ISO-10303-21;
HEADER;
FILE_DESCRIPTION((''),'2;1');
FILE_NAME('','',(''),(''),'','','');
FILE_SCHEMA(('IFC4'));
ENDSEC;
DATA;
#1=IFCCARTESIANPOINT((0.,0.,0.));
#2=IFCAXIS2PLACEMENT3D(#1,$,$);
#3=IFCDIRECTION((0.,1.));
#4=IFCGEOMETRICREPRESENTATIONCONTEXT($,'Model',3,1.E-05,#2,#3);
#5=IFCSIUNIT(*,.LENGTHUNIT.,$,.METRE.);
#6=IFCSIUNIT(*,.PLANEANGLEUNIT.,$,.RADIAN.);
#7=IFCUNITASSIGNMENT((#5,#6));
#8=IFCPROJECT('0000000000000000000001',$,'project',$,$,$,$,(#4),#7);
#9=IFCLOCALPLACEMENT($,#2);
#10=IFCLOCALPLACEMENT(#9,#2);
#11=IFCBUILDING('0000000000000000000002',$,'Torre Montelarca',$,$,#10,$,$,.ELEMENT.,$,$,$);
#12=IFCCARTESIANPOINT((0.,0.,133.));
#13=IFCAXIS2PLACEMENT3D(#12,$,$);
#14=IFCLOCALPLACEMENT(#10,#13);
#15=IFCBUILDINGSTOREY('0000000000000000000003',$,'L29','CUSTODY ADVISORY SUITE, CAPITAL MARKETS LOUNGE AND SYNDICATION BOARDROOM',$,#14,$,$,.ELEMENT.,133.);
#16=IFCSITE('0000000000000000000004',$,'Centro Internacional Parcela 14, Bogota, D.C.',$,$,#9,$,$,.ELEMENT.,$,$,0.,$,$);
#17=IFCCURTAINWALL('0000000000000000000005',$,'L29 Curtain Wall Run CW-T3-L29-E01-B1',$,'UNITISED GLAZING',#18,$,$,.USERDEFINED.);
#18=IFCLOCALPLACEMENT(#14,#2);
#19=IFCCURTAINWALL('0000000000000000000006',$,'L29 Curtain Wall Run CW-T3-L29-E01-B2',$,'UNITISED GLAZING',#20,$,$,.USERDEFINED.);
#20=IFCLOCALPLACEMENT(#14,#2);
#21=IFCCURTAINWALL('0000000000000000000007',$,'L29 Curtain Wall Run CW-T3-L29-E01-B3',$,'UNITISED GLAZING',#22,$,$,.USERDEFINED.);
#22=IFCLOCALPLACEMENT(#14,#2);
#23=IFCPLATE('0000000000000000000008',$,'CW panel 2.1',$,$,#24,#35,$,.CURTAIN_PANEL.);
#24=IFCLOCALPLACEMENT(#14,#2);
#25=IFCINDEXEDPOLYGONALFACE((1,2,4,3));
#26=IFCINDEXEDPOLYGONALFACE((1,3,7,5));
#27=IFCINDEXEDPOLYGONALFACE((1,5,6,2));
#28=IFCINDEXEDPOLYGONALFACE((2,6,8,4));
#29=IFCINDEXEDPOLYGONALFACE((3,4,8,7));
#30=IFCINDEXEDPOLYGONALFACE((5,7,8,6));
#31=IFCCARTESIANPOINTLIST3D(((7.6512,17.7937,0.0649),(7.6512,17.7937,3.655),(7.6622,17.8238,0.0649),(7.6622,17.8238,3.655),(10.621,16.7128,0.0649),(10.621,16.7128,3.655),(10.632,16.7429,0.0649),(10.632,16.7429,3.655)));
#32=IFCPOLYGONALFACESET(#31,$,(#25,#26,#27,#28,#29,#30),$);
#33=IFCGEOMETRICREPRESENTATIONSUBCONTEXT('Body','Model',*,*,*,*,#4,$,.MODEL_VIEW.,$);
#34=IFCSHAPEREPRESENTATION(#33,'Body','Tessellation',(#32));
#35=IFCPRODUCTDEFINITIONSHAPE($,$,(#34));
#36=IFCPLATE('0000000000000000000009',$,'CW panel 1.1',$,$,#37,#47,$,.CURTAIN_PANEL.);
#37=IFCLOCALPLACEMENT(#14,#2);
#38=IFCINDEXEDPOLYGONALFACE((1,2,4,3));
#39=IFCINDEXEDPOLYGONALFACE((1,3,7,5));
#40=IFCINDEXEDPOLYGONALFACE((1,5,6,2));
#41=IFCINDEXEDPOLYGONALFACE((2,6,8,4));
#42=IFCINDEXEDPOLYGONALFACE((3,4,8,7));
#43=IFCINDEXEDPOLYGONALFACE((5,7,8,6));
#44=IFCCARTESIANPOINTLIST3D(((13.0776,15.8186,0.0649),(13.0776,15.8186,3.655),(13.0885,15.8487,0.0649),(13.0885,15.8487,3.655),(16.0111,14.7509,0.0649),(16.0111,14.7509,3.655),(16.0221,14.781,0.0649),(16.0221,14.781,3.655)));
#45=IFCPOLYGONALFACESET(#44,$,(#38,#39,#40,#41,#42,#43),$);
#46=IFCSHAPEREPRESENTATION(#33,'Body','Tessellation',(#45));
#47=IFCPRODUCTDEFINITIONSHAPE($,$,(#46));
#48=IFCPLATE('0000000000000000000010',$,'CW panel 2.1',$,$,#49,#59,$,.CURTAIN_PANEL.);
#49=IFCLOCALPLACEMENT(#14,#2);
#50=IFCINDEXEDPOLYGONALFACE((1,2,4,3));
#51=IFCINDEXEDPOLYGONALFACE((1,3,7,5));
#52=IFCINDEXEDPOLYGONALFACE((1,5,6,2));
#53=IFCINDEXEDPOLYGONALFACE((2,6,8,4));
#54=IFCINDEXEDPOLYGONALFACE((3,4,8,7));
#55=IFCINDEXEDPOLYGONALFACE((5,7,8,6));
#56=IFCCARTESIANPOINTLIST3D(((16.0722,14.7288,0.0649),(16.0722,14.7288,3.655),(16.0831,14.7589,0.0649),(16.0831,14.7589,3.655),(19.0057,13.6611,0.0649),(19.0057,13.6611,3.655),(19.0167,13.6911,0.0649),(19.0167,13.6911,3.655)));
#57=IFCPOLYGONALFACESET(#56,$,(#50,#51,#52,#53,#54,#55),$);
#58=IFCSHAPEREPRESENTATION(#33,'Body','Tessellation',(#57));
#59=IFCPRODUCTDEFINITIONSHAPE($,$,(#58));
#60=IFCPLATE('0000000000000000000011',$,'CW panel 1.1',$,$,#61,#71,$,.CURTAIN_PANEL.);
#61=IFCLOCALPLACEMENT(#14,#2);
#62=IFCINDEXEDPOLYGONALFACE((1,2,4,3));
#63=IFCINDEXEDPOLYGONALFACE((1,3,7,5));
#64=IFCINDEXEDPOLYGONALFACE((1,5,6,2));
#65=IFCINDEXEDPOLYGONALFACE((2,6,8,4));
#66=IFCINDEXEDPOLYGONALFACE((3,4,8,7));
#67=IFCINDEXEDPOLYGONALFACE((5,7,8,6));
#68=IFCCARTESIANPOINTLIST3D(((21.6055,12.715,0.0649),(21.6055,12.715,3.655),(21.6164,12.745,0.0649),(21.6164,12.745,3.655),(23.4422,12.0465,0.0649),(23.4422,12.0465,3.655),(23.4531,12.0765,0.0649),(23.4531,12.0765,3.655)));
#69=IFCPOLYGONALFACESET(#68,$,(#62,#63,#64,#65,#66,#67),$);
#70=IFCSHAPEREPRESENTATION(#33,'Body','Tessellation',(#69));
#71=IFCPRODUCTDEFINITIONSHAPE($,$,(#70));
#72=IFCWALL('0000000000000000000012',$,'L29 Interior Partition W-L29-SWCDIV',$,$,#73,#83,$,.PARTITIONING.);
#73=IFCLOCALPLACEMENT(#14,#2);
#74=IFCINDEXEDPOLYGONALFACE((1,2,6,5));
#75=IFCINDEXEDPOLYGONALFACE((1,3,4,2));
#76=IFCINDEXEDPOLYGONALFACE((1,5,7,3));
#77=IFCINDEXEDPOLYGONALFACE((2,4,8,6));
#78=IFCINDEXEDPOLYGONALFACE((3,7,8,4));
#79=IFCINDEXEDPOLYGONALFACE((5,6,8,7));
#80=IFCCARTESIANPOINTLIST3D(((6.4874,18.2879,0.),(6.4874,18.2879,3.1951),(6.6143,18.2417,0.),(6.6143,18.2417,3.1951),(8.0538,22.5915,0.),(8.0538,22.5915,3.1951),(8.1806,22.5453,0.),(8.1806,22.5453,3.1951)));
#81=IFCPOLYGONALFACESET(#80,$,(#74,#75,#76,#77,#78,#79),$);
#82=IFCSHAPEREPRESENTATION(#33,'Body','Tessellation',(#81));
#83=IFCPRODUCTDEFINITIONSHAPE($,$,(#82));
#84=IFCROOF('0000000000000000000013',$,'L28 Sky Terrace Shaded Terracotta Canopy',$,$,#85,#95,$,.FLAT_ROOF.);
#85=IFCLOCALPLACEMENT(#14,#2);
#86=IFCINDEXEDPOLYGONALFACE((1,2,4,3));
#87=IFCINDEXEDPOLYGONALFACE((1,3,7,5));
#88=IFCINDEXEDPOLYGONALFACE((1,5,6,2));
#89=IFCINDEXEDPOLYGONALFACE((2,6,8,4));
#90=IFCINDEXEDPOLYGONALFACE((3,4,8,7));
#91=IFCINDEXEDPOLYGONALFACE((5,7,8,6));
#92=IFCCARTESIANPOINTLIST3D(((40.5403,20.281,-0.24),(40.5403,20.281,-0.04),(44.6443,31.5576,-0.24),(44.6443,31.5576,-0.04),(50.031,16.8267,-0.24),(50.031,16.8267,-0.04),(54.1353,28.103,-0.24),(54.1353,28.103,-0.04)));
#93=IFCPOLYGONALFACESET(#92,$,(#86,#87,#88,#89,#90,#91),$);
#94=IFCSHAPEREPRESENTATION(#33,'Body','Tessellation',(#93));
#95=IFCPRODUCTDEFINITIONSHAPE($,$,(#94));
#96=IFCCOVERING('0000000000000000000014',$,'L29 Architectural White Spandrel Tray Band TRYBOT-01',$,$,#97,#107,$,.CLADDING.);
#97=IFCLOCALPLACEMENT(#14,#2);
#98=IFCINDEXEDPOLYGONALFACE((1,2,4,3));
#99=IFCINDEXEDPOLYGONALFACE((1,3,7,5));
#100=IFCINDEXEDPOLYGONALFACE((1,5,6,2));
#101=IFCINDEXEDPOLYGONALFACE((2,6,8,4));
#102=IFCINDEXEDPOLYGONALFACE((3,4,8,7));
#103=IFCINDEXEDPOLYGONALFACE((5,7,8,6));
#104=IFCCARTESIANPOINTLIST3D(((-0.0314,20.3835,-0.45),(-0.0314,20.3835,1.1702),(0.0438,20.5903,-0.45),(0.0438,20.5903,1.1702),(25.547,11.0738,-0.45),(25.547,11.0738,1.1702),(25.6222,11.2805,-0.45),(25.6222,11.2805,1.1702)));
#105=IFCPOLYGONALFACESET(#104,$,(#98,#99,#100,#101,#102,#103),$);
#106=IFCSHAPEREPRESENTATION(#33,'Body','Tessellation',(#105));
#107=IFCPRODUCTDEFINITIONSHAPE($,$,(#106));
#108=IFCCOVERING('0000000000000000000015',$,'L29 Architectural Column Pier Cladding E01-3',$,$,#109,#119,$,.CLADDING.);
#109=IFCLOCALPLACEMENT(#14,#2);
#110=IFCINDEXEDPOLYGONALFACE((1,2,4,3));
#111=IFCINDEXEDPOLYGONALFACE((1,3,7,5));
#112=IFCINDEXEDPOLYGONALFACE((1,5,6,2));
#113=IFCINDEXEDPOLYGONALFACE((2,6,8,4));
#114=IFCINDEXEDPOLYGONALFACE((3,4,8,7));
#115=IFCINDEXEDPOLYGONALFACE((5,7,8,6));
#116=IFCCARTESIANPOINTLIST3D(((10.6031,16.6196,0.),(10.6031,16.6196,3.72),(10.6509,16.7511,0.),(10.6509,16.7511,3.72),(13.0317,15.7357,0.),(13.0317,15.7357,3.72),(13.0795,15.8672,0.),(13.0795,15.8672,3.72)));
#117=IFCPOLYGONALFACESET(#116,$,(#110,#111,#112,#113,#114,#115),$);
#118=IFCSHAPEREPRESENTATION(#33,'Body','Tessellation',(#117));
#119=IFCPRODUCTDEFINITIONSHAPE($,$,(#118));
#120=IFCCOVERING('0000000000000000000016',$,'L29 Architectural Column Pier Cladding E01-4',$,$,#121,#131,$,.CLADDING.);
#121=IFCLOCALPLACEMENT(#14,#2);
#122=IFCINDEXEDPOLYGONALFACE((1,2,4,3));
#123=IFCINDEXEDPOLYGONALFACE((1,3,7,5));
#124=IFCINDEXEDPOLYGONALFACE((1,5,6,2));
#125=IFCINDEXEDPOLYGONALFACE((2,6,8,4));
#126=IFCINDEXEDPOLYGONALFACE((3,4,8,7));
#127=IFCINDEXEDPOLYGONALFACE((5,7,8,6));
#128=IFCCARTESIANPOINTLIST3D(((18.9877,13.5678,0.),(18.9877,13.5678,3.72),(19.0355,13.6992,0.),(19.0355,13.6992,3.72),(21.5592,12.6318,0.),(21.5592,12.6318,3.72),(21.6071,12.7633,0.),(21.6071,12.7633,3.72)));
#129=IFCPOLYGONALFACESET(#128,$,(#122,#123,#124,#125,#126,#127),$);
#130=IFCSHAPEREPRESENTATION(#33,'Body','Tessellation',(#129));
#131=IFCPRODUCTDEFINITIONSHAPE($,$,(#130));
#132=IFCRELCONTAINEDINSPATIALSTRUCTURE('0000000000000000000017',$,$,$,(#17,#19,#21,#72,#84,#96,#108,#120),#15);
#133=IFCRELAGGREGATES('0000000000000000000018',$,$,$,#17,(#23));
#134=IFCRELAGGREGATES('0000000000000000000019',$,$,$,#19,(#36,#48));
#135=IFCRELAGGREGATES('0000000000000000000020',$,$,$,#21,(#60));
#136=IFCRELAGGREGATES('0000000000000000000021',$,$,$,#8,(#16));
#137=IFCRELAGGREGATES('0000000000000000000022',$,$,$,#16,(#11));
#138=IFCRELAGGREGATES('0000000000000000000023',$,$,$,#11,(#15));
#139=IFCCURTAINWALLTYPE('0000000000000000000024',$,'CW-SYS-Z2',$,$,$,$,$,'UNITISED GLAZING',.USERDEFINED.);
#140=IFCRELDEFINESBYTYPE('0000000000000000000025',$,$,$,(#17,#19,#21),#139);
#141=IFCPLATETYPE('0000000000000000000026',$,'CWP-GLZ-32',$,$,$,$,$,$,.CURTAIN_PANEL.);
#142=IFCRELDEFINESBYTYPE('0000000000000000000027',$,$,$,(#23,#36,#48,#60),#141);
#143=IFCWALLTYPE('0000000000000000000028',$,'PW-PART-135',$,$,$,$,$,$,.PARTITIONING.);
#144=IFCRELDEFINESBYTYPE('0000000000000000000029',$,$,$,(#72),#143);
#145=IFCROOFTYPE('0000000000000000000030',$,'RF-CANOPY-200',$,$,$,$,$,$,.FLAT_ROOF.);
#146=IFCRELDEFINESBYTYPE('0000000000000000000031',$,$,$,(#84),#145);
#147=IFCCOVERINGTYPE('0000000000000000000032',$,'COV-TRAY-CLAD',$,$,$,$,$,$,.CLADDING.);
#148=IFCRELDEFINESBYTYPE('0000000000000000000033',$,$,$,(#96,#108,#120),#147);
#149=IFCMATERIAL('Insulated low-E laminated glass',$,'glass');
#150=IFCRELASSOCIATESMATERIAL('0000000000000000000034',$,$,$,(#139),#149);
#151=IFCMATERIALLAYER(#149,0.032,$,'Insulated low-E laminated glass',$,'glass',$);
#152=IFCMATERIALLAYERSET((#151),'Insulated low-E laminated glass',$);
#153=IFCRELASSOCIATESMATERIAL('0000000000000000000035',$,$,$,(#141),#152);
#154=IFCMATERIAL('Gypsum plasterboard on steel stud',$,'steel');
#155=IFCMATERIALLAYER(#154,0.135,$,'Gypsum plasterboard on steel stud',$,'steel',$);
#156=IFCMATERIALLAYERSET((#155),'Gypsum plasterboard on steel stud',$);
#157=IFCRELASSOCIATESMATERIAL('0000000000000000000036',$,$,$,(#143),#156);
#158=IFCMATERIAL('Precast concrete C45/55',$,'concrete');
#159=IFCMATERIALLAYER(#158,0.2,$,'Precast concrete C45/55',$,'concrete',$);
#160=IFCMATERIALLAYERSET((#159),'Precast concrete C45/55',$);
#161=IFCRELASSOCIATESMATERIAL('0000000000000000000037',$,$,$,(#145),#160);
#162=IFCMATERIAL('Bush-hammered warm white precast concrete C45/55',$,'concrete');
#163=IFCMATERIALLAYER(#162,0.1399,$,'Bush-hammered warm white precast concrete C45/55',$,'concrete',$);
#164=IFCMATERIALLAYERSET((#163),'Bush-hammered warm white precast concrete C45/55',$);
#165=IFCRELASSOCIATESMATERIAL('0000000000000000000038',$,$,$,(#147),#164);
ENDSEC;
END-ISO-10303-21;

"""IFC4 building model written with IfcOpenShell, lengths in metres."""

from ifc_helpers import new_model, si_unit, direction, frame, frame_2d, origin, origin_2d, place, context, subcontext, project, spatial, polyline, rectangle, outline, extrude, source, transform, mapped, material, layer, layer_set, type_object, element, aggregate, save


model = new_model("IFC4")

# Units and contexts
model_context = context("Model", 3, precision=1e-05, world=origin(), true_north=direction((0.0, 1.0)))
body_context = subcontext(model_context, "Body", "Model", "MODEL_VIEW")
ifc_project = project(units=[si_unit("LENGTHUNIT", "METRE"), si_unit("PLANEANGLEUNIT", "RADIAN")], contexts=[model_context])

# Site, building, storey
site_placement = place(None, origin())
site = spatial("IfcSite", under=ifc_project, at=site_placement, Name="Centro Internacional Parcela 14, Bogota, D.C.", CompositionType="ELEMENT", RefElevation=0.0)
building_placement = place(site_placement, origin())
building = spatial("IfcBuilding", under=site, at=building_placement, Name="Torre Montelarca", CompositionType="ELEMENT")
storey_placement = place(building_placement, frame((0.0, 0.0, 133.0)))
storey = spatial("IfcBuildingStorey", under=building, at=storey_placement, Name="L29", Description="CUSTODY ADVISORY SUITE, CAPITAL MARKETS LOUNGE AND SYNDICATION BOARDROOM", CompositionType="ELEMENT", Elevation=133.0)

# Curtain walls
ifc_material_1 = material(Name="Insulated low-E laminated glass", Category="glass")
curtain_wall_type = type_object("IfcCurtainWallType", Name="CW-SYS-Z2", ElementType="UNITISED GLAZING", PredefinedType="USERDEFINED", material=ifc_material_1)
curtain_wall_1_placement = place(storey_placement, origin())
curtain_wall_1 = element("IfcCurtainWall", 1, at=curtain_wall_1_placement, inside=storey, type_object=curtain_wall_type, Name="L29 Curtain Wall Run CW-T3-L29-E01-B1", ObjectType="UNITISED GLAZING", PredefinedType="USERDEFINED")
curtain_wall_2_placement = place(storey_placement, origin())
curtain_wall_2 = element("IfcCurtainWall", 2, at=curtain_wall_2_placement, inside=storey, type_object=curtain_wall_type, Name="L29 Curtain Wall Run CW-T3-L29-E01-B2", ObjectType="UNITISED GLAZING", PredefinedType="USERDEFINED")
curtain_wall_3_placement = place(storey_placement, origin())
curtain_wall_3 = element("IfcCurtainWall", 3, at=curtain_wall_3_placement, inside=storey, type_object=curtain_wall_type, Name="L29 Curtain Wall Run CW-T3-L29-E01-B3", ObjectType="UNITISED GLAZING", PredefinedType="USERDEFINED")

# Plates
ifc_layer_1 = layer(ifc_material_1, 0.032, Name="Insulated low-E laminated glass", Category="glass")
ifc_layer_set_1 = layer_set([ifc_layer_1], Name="Insulated low-E laminated glass")
plate_type = type_object("IfcPlateType", Name="CWP-GLZ-32", PredefinedType="CURTAIN_PANEL", material=ifc_layer_set_1)
shared_shape_1 = source(origin(), body_context, "Body", "SweptSolid", [
    extrude(rectangle(XDim=3.1604, YDim=0.032, at=origin_2d()), origin(), (0.0, 0.0, 1.0), 3.5901),
])
plate_1_placement = place(storey_placement, frame((9.1416, 17.2683, 0.0649), z_axis=(0.0, 0.0, 1.0), x_axis=(0.939697, -0.342009, 0.0)))
plate_1 = element("IfcPlate", 4, at=plate_1_placement, type_object=plate_type, Name="CW panel 2.1", PredefinedType="CURTAIN_PANEL", context=body_context, shape_type="MappedRepresentation", body=[
    mapped(shared_shape_1, transform((0.0, 0.0, 0.0), scale=1.0)),
])
aggregate(curtain_wall_1, [plate_1])
shared_shape_2 = source(origin(), body_context, "Body", "SweptSolid", [
    extrude(rectangle(XDim=3.1218, YDim=0.032, at=origin_2d()), origin(), (0.0, 0.0, 1.0), 3.5901),
])
plate_2_placement = place(storey_placement, frame((14.5498, 15.2998, 0.0649), z_axis=(0.0, 0.0, 1.0), x_axis=(0.939692, -0.342021, 0.0)))
plate_2 = element("IfcPlate", 5, at=plate_2_placement, type_object=plate_type, Name="CW panel 1.1", PredefinedType="CURTAIN_PANEL", context=body_context, shape_type="MappedRepresentation", body=[
    mapped(shared_shape_2, transform((0.0, 0.0, 0.0), scale=1.0)),
])
plate_3_placement = place(storey_placement, frame((17.5444, 14.21, 0.0649), z_axis=(0.0, 0.0, 1.0), x_axis=(0.939692, -0.342021, 0.0)))
plate_3 = element("IfcPlate", 6, at=plate_3_placement, type_object=plate_type, Name="CW panel 2.1", PredefinedType="CURTAIN_PANEL", context=body_context, shape_type="MappedRepresentation", body=[
    mapped(shared_shape_2, transform((0.0, 0.0, 0.0), scale=1.0)),
])
aggregate(curtain_wall_2, [plate_2, plate_3])
shared_shape_3 = source(origin(), body_context, "Body", "SweptSolid", [
    extrude(rectangle(XDim=1.9546, YDim=0.032, at=origin_2d()), origin(), (0.0, 0.0, 1.0), 3.5901),
])
plate_4_placement = place(storey_placement, frame((22.5293, 12.3958, 0.0649), z_axis=(0.0, 0.0, 1.0), x_axis=(0.939692, -0.342023, 0.0)))
plate_4 = element("IfcPlate", 7, at=plate_4_placement, type_object=plate_type, Name="CW panel 1.1", PredefinedType="CURTAIN_PANEL", context=body_context, shape_type="MappedRepresentation", body=[
    mapped(shared_shape_3, transform((0.0, 0.0, 0.0), scale=1.0)),
])
aggregate(curtain_wall_3, [plate_4])

# Wall
ifc_material_2 = material(Name="Gypsum plasterboard on steel stud", Category="steel")
ifc_layer_2 = layer(ifc_material_2, 0.135, Name="Gypsum plasterboard on steel stud", Category="steel")
ifc_layer_set_2 = layer_set([ifc_layer_2], Name="Gypsum plasterboard on steel stud")
wall_type = type_object("IfcWallType", Name="PW-PART-135", PredefinedType="PARTITIONING", material=ifc_layer_set_2)
wall_placement = place(storey_placement, frame((6.5508, 18.2646, 0.0), z_axis=(0.0, 0.0, 1.0), x_axis=(0.342017, 0.939694, 0.0)))
element("IfcWall", 8, at=wall_placement, inside=storey, type_object=wall_type, Name="L29 Interior Partition W-L29-SWCDIV", PredefinedType="PARTITIONING", context=body_context, shape_type="SweptSolid", body=[
    extrude(rectangle(XDim=4.5798, YDim=0.135, at=frame_2d((2.29, 0.0))), origin(), (0.0, 0.0, 1.0), 3.1951),
])

# Roof
ifc_material_3 = material(Name="Precast concrete C45/55", Category="concrete")
ifc_layer_3 = layer(ifc_material_3, 0.2, Name="Precast concrete C45/55", Category="concrete")
ifc_layer_set_3 = layer_set([ifc_layer_3], Name="Precast concrete C45/55")
roof_type = type_object("IfcRoofType", Name="RF-CANOPY-200", PredefinedType="FLAT_ROOF", material=ifc_layer_set_3)
roof_placement = place(storey_placement, frame((0.0, 0.0, -0.24)))
element("IfcRoof", 9, at=roof_placement, inside=storey, type_object=roof_type, Name="L28 Sky Terrace Shaded Terracotta Canopy", PredefinedType="FLAT_ROOF", context=body_context, shape_type="SweptSolid", body=[
    extrude(outline(polyline([(40.5403, 20.281), (50.031, 16.8267), (54.1353, 28.103), (44.6443, 31.5576), (40.5403, 20.281)])), origin(), (0.0, 0.0, 1.0), 0.2),
])

# Coverings
ifc_material_4 = material(Name="Bush-hammered warm white precast concrete C45/55", Category="concrete")
ifc_layer_4 = layer(ifc_material_4, 0.1399, Name="Bush-hammered warm white precast concrete C45/55", Category="concrete")
ifc_layer_set_4 = layer_set([ifc_layer_4], Name="Bush-hammered warm white precast concrete C45/55")
covering_type = type_object("IfcCoveringType", Name="COV-TRAY-CLAD", PredefinedType="CLADDING", material=ifc_layer_set_4)
shared_shape_4 = source(origin(), body_context, "Body", "SweptSolid", [
    extrude(rectangle(XDim=27.22, YDim=0.22, at=origin_2d()), origin(), (0.0, 0.0, 1.0), 1.6201),
])
covering_1_placement = place(storey_placement, frame((12.7954, 15.832, -0.45), z_axis=(0.0, 0.0, 1.0), x_axis=(0.939693, -0.342019, 0.0)))
element("IfcCovering", 10, at=covering_1_placement, inside=storey, type_object=covering_type, Name="L29 Architectural White Spandrel Tray Band TRYBOT-01", PredefinedType="CLADDING", context=body_context, shape_type="MappedRepresentation", body=[
    mapped(shared_shape_4, transform((0.0, 0.0, 0.0), scale=1.0)),
])
shared_shape_5 = source(origin(), body_context, "Body", "SweptSolid", [
    extrude(rectangle(XDim=2.5845, YDim=0.1399, at=origin_2d()), origin(), (0.0, 0.0, 1.0), 3.72),
])
covering_2_placement = place(storey_placement, frame((11.8413, 16.2434, 0.0), z_axis=(0.0, 0.0, 1.0), x_axis=(0.939694, -0.342017, 0.0)))
element("IfcCovering", 11, at=covering_2_placement, inside=storey, type_object=covering_type, Name="L29 Architectural Column Pier Cladding E01-3", PredefinedType="CLADDING", context=body_context, shape_type="MappedRepresentation", body=[
    mapped(shared_shape_5, transform((0.0, 0.0, 0.0), scale=1.0)),
])
shared_shape_6 = source(origin(), body_context, "Body", "SweptSolid", [
    extrude(rectangle(XDim=2.7366, YDim=0.1399, at=origin_2d()), origin(), (0.0, 0.0, 1.0), 3.72),
])
covering_3_placement = place(storey_placement, frame((20.2974, 13.1655, 0.0), z_axis=(0.0, 0.0, 1.0), x_axis=(0.939694, -0.342017, 0.0)))
element("IfcCovering", 12, at=covering_3_placement, inside=storey, type_object=covering_type, Name="L29 Architectural Column Pier Cladding E01-4", PredefinedType="CLADDING", context=body_context, shape_type="MappedRepresentation", body=[
    mapped(shared_shape_6, transform((0.0, 0.0, 0.0), scale=1.0)),
])

save(model, "model.ifc")
